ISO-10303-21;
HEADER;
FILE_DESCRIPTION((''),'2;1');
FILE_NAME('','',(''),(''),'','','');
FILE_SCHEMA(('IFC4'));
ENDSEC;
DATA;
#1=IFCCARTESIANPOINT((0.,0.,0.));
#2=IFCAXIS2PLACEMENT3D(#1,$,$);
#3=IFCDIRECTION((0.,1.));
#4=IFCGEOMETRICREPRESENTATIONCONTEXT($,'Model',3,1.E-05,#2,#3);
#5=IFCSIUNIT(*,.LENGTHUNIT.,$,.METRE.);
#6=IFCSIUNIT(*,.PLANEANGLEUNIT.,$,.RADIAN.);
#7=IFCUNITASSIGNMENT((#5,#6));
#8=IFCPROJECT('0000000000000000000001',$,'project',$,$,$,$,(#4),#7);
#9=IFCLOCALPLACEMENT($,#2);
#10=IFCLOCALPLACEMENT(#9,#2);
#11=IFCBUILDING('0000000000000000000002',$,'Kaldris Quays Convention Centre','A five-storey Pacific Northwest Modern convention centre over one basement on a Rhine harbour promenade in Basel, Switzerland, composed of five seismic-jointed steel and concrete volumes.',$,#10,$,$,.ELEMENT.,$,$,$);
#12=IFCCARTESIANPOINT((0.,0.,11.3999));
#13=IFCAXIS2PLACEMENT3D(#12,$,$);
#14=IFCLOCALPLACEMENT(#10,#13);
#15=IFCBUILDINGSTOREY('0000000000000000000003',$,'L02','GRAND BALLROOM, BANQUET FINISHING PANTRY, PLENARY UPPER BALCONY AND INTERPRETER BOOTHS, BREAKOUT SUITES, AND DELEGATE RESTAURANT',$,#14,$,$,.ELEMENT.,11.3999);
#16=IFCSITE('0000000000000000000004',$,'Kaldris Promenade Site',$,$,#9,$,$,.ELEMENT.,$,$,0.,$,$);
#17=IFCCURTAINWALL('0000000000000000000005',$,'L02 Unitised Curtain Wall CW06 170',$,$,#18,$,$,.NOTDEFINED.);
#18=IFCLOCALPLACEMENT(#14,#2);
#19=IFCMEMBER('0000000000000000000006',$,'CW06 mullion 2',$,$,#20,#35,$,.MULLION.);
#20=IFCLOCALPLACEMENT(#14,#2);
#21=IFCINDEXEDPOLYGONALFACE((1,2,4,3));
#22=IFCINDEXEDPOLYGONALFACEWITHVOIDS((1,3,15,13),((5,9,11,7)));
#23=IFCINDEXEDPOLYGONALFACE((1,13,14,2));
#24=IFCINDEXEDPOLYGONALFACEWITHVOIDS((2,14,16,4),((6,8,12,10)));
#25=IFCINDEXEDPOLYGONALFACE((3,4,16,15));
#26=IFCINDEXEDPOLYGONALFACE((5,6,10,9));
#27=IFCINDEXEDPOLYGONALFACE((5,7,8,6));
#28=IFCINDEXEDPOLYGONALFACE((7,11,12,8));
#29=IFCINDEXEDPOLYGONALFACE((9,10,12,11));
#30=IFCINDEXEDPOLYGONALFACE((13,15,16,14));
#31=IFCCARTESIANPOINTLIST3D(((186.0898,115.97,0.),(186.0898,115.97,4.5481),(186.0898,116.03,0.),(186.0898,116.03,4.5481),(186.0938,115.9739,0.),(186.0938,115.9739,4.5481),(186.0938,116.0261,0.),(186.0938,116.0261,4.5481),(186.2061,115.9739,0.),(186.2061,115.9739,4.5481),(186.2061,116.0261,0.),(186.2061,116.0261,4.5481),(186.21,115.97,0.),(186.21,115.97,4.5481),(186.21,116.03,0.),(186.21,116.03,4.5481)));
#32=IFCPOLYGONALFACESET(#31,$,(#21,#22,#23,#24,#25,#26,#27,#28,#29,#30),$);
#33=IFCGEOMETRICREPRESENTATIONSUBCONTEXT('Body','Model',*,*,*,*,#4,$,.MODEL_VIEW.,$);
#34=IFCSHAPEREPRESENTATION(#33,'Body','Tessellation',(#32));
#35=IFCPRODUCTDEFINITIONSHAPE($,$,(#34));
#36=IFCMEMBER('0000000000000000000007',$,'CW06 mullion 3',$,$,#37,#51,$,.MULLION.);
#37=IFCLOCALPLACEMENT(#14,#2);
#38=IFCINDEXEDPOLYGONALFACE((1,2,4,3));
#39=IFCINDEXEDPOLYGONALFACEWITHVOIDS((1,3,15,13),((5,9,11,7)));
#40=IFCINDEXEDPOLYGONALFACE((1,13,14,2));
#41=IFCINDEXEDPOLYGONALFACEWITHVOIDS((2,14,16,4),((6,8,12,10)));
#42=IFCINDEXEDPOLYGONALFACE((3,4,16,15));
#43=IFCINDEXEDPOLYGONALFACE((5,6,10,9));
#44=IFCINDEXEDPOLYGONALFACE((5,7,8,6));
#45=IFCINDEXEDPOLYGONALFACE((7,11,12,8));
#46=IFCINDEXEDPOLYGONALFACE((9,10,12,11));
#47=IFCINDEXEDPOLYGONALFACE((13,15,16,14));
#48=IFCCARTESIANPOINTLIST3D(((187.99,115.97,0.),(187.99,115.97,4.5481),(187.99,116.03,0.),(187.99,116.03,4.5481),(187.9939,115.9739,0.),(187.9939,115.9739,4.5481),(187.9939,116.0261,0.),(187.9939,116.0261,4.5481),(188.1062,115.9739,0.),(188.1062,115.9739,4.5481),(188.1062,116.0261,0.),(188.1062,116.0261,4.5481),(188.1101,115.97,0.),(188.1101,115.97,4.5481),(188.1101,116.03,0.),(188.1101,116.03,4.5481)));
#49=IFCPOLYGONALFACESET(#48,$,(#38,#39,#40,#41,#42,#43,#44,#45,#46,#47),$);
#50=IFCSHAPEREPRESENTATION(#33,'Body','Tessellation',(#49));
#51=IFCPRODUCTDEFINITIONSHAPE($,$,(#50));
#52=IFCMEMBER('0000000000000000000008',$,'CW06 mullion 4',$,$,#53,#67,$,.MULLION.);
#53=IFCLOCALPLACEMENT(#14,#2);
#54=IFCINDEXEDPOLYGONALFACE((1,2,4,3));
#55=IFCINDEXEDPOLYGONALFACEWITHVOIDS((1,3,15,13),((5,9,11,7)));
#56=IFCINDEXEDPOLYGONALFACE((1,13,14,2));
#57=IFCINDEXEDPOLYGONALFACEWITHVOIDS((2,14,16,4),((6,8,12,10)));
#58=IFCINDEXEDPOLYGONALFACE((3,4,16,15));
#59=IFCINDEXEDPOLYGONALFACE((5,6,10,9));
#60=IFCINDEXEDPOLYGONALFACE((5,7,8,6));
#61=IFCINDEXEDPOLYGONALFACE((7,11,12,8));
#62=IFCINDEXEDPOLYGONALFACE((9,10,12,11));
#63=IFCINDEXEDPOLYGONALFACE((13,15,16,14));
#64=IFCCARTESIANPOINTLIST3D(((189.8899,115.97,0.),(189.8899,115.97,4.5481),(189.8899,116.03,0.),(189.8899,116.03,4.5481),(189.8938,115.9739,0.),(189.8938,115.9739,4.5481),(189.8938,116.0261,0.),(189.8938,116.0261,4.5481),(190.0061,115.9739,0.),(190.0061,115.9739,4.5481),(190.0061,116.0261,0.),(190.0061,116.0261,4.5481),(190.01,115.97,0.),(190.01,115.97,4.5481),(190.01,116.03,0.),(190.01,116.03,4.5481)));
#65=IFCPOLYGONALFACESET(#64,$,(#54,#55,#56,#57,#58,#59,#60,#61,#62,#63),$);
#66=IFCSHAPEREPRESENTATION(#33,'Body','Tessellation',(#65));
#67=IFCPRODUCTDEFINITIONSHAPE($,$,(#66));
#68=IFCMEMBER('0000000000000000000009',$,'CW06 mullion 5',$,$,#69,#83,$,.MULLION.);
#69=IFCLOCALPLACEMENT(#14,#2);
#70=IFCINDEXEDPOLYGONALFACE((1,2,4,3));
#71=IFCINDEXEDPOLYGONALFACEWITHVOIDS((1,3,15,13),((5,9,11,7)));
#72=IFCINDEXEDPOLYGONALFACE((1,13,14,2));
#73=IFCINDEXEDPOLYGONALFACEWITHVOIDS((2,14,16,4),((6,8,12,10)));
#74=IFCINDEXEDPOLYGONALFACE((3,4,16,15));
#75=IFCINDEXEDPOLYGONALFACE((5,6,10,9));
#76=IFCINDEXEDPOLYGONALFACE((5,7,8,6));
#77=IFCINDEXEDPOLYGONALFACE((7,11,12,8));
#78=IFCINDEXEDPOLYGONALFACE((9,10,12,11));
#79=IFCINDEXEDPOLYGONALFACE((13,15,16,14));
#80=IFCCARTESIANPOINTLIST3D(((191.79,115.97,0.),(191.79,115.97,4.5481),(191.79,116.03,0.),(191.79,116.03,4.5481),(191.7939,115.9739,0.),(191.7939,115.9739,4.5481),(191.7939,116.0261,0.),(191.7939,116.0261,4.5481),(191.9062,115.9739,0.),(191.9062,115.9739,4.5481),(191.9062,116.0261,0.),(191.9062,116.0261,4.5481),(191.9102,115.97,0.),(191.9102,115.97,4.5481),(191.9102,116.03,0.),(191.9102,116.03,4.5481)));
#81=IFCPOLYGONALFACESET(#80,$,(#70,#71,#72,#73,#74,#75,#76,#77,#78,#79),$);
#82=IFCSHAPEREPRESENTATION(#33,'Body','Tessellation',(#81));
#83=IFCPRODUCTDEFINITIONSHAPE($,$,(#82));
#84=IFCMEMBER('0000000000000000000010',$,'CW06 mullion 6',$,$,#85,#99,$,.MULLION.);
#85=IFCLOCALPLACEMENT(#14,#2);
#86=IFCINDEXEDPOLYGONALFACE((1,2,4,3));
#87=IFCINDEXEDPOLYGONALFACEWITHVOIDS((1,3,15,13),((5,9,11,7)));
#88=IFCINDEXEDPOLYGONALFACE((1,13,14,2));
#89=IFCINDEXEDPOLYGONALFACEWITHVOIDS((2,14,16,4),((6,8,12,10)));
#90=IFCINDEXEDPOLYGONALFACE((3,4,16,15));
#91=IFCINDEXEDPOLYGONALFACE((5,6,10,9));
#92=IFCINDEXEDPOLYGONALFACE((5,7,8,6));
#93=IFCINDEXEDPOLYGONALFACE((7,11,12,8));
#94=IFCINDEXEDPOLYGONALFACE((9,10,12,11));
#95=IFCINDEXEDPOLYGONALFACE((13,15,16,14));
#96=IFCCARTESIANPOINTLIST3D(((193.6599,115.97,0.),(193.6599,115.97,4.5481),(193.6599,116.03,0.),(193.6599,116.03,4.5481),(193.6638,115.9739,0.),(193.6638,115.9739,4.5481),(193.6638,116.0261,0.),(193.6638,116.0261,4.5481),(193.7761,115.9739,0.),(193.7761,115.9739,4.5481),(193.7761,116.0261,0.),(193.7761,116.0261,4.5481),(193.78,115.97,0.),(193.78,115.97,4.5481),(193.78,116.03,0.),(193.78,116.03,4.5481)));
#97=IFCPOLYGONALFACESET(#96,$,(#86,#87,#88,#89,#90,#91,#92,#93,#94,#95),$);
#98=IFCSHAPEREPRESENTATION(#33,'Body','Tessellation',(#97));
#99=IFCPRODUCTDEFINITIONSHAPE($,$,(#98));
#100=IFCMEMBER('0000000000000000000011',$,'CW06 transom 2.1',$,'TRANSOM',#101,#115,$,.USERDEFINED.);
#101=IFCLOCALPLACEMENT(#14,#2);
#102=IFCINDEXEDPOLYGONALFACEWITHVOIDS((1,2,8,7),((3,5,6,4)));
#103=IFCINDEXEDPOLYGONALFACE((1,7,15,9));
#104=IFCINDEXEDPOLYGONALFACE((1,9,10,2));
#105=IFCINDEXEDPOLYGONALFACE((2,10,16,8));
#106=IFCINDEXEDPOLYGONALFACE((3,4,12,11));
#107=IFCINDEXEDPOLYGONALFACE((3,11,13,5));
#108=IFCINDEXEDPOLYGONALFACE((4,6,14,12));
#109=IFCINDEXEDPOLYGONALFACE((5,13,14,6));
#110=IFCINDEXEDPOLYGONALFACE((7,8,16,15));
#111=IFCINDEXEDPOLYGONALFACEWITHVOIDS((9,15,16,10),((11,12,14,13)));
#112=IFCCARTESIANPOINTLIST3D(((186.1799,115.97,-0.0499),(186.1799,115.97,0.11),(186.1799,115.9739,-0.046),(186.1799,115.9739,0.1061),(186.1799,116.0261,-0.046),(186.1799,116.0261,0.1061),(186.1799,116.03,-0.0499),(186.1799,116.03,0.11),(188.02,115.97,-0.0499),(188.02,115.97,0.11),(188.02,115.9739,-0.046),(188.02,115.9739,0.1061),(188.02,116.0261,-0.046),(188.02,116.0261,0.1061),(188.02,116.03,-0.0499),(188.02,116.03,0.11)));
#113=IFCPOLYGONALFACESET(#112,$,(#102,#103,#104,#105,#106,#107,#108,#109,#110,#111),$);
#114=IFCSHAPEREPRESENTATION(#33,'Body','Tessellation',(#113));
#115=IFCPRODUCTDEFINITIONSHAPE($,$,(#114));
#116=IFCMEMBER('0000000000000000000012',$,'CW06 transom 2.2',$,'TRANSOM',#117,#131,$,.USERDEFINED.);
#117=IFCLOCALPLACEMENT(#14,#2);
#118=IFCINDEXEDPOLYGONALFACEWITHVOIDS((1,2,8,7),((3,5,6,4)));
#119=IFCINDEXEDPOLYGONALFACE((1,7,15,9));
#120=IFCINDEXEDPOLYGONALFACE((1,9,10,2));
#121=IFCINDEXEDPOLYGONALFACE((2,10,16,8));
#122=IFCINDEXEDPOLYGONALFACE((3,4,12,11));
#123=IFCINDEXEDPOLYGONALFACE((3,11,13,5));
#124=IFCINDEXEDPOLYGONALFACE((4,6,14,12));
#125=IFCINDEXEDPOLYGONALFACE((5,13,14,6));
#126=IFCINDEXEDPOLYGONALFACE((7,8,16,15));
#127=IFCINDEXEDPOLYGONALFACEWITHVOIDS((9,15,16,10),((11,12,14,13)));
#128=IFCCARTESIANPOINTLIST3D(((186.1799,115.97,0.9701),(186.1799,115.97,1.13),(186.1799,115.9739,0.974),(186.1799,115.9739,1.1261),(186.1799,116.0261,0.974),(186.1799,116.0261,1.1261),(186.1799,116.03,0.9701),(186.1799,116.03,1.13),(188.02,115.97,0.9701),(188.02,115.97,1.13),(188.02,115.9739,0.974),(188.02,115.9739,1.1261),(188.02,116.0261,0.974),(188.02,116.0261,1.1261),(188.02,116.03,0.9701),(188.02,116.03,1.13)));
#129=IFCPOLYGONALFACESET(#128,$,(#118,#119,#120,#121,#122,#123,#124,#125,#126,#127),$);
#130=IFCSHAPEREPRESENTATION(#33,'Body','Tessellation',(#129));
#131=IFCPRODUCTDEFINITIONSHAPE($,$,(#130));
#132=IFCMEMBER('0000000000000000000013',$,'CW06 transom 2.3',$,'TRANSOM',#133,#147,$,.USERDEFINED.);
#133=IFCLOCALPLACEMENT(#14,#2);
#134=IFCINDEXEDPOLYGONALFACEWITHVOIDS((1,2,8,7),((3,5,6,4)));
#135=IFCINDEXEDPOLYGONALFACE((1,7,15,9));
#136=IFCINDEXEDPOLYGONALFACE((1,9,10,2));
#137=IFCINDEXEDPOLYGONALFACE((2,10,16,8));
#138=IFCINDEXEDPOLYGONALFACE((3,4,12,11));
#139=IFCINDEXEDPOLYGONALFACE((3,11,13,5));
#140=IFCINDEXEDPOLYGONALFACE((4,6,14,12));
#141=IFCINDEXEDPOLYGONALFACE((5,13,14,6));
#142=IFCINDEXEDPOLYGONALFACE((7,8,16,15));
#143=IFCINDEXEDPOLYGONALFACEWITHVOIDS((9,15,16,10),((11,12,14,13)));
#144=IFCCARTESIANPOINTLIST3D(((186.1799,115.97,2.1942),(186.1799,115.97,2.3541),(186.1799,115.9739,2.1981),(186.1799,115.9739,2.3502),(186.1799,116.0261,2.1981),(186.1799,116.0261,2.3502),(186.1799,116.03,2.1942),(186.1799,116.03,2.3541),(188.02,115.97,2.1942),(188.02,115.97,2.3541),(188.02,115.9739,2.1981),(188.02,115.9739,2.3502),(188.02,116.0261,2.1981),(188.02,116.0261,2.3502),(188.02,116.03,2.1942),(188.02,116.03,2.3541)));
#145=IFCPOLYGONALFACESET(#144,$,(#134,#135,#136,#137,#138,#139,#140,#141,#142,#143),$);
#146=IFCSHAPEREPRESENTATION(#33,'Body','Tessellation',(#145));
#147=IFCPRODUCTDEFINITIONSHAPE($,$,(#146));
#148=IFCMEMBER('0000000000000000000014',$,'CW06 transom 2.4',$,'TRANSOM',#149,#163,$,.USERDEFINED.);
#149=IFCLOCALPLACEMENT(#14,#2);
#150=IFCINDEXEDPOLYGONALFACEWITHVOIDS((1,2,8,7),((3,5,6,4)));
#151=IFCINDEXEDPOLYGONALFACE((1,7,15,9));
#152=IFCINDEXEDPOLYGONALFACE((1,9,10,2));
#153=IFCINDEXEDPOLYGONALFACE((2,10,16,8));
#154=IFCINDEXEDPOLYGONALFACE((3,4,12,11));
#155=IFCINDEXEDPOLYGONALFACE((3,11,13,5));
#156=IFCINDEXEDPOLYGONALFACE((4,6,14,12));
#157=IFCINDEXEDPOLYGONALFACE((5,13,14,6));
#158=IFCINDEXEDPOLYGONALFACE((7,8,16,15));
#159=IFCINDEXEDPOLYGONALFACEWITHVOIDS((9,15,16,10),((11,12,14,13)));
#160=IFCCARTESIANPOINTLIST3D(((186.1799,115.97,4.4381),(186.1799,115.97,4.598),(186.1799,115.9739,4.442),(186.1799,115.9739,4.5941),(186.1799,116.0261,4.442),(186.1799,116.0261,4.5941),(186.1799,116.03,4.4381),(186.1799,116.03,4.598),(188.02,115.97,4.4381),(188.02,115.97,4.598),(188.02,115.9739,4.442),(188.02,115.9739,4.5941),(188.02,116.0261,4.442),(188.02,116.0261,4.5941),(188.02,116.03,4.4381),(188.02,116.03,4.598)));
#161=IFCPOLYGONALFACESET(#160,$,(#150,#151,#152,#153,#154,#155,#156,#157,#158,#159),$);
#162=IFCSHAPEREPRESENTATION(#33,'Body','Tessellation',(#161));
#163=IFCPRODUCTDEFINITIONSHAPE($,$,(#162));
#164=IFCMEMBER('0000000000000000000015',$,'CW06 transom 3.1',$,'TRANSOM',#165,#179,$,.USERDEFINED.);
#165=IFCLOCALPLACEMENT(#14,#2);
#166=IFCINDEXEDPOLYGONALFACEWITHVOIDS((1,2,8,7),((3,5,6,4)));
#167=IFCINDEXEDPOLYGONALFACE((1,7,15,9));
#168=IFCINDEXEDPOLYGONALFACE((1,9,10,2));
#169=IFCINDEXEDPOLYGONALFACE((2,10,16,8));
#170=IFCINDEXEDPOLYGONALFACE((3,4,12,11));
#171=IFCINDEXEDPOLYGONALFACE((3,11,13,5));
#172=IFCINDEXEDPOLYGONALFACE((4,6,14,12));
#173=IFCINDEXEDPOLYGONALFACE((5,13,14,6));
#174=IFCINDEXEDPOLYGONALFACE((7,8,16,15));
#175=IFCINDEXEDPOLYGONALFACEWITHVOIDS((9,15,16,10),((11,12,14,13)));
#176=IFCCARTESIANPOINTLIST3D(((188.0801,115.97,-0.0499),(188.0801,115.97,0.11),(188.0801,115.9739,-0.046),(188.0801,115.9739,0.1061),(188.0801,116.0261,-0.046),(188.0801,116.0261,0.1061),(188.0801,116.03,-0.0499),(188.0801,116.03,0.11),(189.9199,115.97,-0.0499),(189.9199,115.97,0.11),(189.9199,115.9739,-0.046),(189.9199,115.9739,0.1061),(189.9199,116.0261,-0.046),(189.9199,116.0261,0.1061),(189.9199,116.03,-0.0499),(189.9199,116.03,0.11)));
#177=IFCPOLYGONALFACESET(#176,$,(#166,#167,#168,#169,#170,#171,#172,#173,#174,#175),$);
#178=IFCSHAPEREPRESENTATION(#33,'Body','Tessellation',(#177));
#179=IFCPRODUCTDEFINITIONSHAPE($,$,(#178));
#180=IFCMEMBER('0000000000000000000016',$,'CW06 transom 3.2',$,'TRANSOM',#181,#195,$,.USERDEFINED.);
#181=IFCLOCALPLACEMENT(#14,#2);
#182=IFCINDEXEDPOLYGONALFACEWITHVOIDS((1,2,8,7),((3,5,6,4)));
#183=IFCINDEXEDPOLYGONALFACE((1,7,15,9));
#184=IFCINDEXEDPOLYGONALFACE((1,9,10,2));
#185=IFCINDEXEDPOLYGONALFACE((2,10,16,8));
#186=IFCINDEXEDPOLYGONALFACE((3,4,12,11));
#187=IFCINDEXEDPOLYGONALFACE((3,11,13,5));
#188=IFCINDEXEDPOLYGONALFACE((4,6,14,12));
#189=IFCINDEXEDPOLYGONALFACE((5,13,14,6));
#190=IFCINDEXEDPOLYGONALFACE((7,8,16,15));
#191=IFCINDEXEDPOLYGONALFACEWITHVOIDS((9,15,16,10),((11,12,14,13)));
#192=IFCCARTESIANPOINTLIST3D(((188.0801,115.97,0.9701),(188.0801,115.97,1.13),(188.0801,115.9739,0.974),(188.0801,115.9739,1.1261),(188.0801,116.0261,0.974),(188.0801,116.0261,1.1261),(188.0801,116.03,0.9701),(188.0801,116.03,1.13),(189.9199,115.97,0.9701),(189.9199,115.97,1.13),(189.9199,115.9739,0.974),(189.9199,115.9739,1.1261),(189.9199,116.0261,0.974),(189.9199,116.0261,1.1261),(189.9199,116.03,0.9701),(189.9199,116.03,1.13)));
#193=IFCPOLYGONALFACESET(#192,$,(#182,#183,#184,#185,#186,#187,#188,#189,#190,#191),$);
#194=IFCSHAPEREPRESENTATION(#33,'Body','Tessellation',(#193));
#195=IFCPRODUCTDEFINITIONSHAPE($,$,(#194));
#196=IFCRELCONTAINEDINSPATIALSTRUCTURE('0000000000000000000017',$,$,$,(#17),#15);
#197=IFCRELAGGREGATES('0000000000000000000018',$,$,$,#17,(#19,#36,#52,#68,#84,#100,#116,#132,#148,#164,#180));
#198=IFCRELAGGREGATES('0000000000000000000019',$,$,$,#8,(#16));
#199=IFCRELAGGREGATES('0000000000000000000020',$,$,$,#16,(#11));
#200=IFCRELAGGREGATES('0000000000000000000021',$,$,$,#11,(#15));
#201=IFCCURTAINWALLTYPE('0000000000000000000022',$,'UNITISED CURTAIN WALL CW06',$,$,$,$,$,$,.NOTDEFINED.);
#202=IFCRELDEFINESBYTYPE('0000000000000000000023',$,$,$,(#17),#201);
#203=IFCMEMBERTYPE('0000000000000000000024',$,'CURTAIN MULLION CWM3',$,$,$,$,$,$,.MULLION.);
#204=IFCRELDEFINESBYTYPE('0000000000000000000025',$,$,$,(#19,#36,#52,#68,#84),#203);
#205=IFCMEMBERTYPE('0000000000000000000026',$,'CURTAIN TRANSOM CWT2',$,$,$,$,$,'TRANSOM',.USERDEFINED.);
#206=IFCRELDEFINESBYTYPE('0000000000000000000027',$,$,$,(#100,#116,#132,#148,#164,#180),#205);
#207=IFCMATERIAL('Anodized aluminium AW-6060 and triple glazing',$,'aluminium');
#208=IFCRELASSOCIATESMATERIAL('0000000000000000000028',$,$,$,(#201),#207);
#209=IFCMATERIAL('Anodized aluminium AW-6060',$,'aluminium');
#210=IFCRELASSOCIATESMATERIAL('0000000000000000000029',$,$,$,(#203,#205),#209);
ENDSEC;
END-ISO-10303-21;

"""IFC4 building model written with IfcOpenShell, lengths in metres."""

from ifc_helpers import new_model, si_unit, direction, frame, origin, origin_2d, place, context, subcontext, project, spatial, hollow_rectangle, extrude, material, material_profile, profile_set, type_object, element, aggregate, save


model = new_model("IFC4")

# Units and contexts
model_context = context("Model", 3, precision=1e-05, world=origin(), true_north=direction((0.0, 1.0)))
body_context = subcontext(model_context, "Body", "Model", "MODEL_VIEW")
ifc_project = project(units=[si_unit("LENGTHUNIT", "METRE"), si_unit("PLANEANGLEUNIT", "RADIAN")], contexts=[model_context])

# Site, building, storey
site_placement = place(None, origin())
site = spatial("IfcSite", under=ifc_project, at=site_placement, Name="Kaldris Promenade Site", CompositionType="ELEMENT", RefElevation=0.0)
building_placement = place(site_placement, origin())
building = spatial("IfcBuilding", under=site, at=building_placement, Name="Kaldris Quays Convention Centre", Description="A five-storey Pacific Northwest Modern convention centre over one basement on a Rhine harbour promenade in Basel, Switzerland, composed of five seismic-jointed steel and concrete volumes.", CompositionType="ELEMENT")
storey_placement = place(building_placement, frame((0.0, 0.0, 11.3999)))
storey = spatial("IfcBuildingStorey", under=building, at=storey_placement, Name="L02", Description="GRAND BALLROOM, BANQUET FINISHING PANTRY, PLENARY UPPER BALCONY AND INTERPRETER BOOTHS, BREAKOUT SUITES, AND DELEGATE RESTAURANT", CompositionType="ELEMENT", Elevation=11.3999)

# Curtain wall, members
ifc_material_1 = material(Name="Anodized aluminium AW-6060 and triple glazing", Category="aluminium")
curtain_wall_type = type_object("IfcCurtainWallType", Name="UNITISED CURTAIN WALL CW06", PredefinedType="NOTDEFINED", material=ifc_material_1)
curtain_wall_placement = place(storey_placement, origin())
curtain_wall = element("IfcCurtainWall", 1, at=curtain_wall_placement, inside=storey, type_object=curtain_wall_type, Name="L02 Unitised Curtain Wall CW06 170", PredefinedType="NOTDEFINED")
ifc_material_2 = material(Name="Anodized aluminium AW-6060", Category="aluminium")
ifc_material_profile_1 = material_profile(ifc_material_2, hollow_rectangle(XDim=0.0601, YDim=0.1201, WallThickness=0.0039, at=origin_2d()), Name="RHS 120x60x4")
ifc_profile_set_1 = profile_set([ifc_material_profile_1], Name="Anodized aluminium AW-6060")
member_type_1 = type_object("IfcMemberType", Name="CURTAIN MULLION CWM3", PredefinedType="MULLION", material=ifc_profile_set_1)
member_1_placement = place(storey_placement, frame((186.1499, 116.0, 0.0), z_axis=(0.0, 0.0, 1.0), x_axis=(0.0, 1.0, 0.0)))
member_1 = element("IfcMember", 2, at=member_1_placement, type_object=member_type_1, Name="CW06 mullion 2", PredefinedType="MULLION", context=body_context, shape_type="SweptSolid", body=[
    extrude(hollow_rectangle(XDim=0.0601, YDim=0.1201, WallThickness=0.0039, at=origin_2d()), origin(), (0.0, 0.0, 1.0), 4.5481),
])
member_2_placement = place(storey_placement, frame((188.05, 116.0, 0.0), z_axis=(0.0, 0.0, 1.0), x_axis=(0.0, 1.0, 0.0)))
member_2 = element("IfcMember", 3, at=member_2_placement, type_object=member_type_1, Name="CW06 mullion 3", PredefinedType="MULLION", context=body_context, shape_type="SweptSolid", body=[
    extrude(hollow_rectangle(XDim=0.0601, YDim=0.1201, WallThickness=0.0039, at=origin_2d()), origin(), (0.0, 0.0, 1.0), 4.5481),
])
member_3_placement = place(storey_placement, frame((189.95, 116.0, 0.0), z_axis=(0.0, 0.0, 1.0), x_axis=(0.0, 1.0, 0.0)))
member_3 = element("IfcMember", 4, at=member_3_placement, type_object=member_type_1, Name="CW06 mullion 4", PredefinedType="MULLION", context=body_context, shape_type="SweptSolid", body=[
    extrude(hollow_rectangle(XDim=0.0601, YDim=0.1201, WallThickness=0.0039, at=origin_2d()), origin(), (0.0, 0.0, 1.0), 4.5481),
])
member_4_placement = place(storey_placement, frame((191.8501, 116.0, 0.0), z_axis=(0.0, 0.0, 1.0), x_axis=(0.0, 1.0, 0.0)))
member_4 = element("IfcMember", 5, at=member_4_placement, type_object=member_type_1, Name="CW06 mullion 5", PredefinedType="MULLION", context=body_context, shape_type="SweptSolid", body=[
    extrude(hollow_rectangle(XDim=0.0601, YDim=0.1201, WallThickness=0.0039, at=origin_2d()), origin(), (0.0, 0.0, 1.0), 4.5481),
])
member_5_placement = place(storey_placement, frame((193.72, 116.0, 0.0), z_axis=(0.0, 0.0, 1.0), x_axis=(0.0, 1.0, 0.0)))
member_5 = element("IfcMember", 6, at=member_5_placement, type_object=member_type_1, Name="CW06 mullion 6", PredefinedType="MULLION", context=body_context, shape_type="SweptSolid", body=[
    extrude(hollow_rectangle(XDim=0.0601, YDim=0.1201, WallThickness=0.0039, at=origin_2d()), origin(), (0.0, 0.0, 1.0), 4.5481),
])
ifc_material_profile_2 = material_profile(ifc_material_2, hollow_rectangle(XDim=0.0601, YDim=0.1599, WallThickness=0.0039, at=origin_2d()), Name="RHS 160x60x4")
ifc_profile_set_2 = profile_set([ifc_material_profile_2], Name="Anodized aluminium AW-6060")
member_type_2 = type_object("IfcMemberType", Name="CURTAIN TRANSOM CWT2", ElementType="TRANSOM", PredefinedType="USERDEFINED", material=ifc_profile_set_2)
member_6_placement = place(storey_placement, frame((186.1799, 116.0, 0.03), z_axis=(1.0, 0.0, 0.0), x_axis=(0.0, 1.0, 0.0)))
member_6 = element("IfcMember", 7, at=member_6_placement, type_object=member_type_2, Name="CW06 transom 2.1", ObjectType="TRANSOM", PredefinedType="USERDEFINED", context=body_context, shape_type="SweptSolid", body=[
    extrude(hollow_rectangle(XDim=0.0601, YDim=0.1599, WallThickness=0.0039, at=origin_2d()), origin(), (0.0, 0.0, 1.0), 1.8401),
])
member_7_placement = place(storey_placement, frame((186.1799, 116.0, 1.05), z_axis=(1.0, 0.0, 0.0), x_axis=(0.0, 1.0, 0.0)))
member_7 = element("IfcMember", 8, at=member_7_placement, type_object=member_type_2, Name="CW06 transom 2.2", ObjectType="TRANSOM", PredefinedType="USERDEFINED", context=body_context, shape_type="SweptSolid", body=[
    extrude(hollow_rectangle(XDim=0.0601, YDim=0.1599, WallThickness=0.0039, at=origin_2d()), origin(), (0.0, 0.0, 1.0), 1.8401),
])
member_8_placement = place(storey_placement, frame((186.1799, 116.0, 2.2742), z_axis=(1.0, 0.0, 0.0), x_axis=(0.0, 1.0, 0.0)))
member_8 = element("IfcMember", 9, at=member_8_placement, type_object=member_type_2, Name="CW06 transom 2.3", ObjectType="TRANSOM", PredefinedType="USERDEFINED", context=body_context, shape_type="SweptSolid", body=[
    extrude(hollow_rectangle(XDim=0.0601, YDim=0.1599, WallThickness=0.0039, at=origin_2d()), origin(), (0.0, 0.0, 1.0), 1.8401),
])
member_9_placement = place(storey_placement, frame((186.1799, 116.0, 4.5181), z_axis=(1.0, 0.0, 0.0), x_axis=(0.0, 1.0, 0.0)))
member_9 = element("IfcMember", 10, at=member_9_placement, type_object=member_type_2, Name="CW06 transom 2.4", ObjectType="TRANSOM", PredefinedType="USERDEFINED", context=body_context, shape_type="SweptSolid", body=[
    extrude(hollow_rectangle(XDim=0.0601, YDim=0.1599, WallThickness=0.0039, at=origin_2d()), origin(), (0.0, 0.0, 1.0), 1.8401),
])
member_10_placement = place(storey_placement, frame((188.0801, 116.0, 0.03), z_axis=(1.0, 0.0, 0.0), x_axis=(0.0, 1.0, 0.0)))
member_10 = element("IfcMember", 11, at=member_10_placement, type_object=member_type_2, Name="CW06 transom 3.1", ObjectType="TRANSOM", PredefinedType="USERDEFINED", context=body_context, shape_type="SweptSolid", body=[
    extrude(hollow_rectangle(XDim=0.0601, YDim=0.1599, WallThickness=0.0039, at=origin_2d()), origin(), (0.0, 0.0, 1.0), 1.8398),
])
member_11_placement = place(storey_placement, frame((188.0801, 116.0, 1.05), z_axis=(1.0, 0.0, 0.0), x_axis=(0.0, 1.0, 0.0)))
member_11 = element("IfcMember", 12, at=member_11_placement, type_object=member_type_2, Name="CW06 transom 3.2", ObjectType="TRANSOM", PredefinedType="USERDEFINED", context=body_context, shape_type="SweptSolid", body=[
    extrude(hollow_rectangle(XDim=0.0601, YDim=0.1599, WallThickness=0.0039, at=origin_2d()), origin(), (0.0, 0.0, 1.0), 1.8398),
])
aggregate(curtain_wall, [member_1, member_2, member_3, member_4, member_5, member_6, member_7, member_8, member_9, member_10, member_11])

save(model, "model.ifc")
